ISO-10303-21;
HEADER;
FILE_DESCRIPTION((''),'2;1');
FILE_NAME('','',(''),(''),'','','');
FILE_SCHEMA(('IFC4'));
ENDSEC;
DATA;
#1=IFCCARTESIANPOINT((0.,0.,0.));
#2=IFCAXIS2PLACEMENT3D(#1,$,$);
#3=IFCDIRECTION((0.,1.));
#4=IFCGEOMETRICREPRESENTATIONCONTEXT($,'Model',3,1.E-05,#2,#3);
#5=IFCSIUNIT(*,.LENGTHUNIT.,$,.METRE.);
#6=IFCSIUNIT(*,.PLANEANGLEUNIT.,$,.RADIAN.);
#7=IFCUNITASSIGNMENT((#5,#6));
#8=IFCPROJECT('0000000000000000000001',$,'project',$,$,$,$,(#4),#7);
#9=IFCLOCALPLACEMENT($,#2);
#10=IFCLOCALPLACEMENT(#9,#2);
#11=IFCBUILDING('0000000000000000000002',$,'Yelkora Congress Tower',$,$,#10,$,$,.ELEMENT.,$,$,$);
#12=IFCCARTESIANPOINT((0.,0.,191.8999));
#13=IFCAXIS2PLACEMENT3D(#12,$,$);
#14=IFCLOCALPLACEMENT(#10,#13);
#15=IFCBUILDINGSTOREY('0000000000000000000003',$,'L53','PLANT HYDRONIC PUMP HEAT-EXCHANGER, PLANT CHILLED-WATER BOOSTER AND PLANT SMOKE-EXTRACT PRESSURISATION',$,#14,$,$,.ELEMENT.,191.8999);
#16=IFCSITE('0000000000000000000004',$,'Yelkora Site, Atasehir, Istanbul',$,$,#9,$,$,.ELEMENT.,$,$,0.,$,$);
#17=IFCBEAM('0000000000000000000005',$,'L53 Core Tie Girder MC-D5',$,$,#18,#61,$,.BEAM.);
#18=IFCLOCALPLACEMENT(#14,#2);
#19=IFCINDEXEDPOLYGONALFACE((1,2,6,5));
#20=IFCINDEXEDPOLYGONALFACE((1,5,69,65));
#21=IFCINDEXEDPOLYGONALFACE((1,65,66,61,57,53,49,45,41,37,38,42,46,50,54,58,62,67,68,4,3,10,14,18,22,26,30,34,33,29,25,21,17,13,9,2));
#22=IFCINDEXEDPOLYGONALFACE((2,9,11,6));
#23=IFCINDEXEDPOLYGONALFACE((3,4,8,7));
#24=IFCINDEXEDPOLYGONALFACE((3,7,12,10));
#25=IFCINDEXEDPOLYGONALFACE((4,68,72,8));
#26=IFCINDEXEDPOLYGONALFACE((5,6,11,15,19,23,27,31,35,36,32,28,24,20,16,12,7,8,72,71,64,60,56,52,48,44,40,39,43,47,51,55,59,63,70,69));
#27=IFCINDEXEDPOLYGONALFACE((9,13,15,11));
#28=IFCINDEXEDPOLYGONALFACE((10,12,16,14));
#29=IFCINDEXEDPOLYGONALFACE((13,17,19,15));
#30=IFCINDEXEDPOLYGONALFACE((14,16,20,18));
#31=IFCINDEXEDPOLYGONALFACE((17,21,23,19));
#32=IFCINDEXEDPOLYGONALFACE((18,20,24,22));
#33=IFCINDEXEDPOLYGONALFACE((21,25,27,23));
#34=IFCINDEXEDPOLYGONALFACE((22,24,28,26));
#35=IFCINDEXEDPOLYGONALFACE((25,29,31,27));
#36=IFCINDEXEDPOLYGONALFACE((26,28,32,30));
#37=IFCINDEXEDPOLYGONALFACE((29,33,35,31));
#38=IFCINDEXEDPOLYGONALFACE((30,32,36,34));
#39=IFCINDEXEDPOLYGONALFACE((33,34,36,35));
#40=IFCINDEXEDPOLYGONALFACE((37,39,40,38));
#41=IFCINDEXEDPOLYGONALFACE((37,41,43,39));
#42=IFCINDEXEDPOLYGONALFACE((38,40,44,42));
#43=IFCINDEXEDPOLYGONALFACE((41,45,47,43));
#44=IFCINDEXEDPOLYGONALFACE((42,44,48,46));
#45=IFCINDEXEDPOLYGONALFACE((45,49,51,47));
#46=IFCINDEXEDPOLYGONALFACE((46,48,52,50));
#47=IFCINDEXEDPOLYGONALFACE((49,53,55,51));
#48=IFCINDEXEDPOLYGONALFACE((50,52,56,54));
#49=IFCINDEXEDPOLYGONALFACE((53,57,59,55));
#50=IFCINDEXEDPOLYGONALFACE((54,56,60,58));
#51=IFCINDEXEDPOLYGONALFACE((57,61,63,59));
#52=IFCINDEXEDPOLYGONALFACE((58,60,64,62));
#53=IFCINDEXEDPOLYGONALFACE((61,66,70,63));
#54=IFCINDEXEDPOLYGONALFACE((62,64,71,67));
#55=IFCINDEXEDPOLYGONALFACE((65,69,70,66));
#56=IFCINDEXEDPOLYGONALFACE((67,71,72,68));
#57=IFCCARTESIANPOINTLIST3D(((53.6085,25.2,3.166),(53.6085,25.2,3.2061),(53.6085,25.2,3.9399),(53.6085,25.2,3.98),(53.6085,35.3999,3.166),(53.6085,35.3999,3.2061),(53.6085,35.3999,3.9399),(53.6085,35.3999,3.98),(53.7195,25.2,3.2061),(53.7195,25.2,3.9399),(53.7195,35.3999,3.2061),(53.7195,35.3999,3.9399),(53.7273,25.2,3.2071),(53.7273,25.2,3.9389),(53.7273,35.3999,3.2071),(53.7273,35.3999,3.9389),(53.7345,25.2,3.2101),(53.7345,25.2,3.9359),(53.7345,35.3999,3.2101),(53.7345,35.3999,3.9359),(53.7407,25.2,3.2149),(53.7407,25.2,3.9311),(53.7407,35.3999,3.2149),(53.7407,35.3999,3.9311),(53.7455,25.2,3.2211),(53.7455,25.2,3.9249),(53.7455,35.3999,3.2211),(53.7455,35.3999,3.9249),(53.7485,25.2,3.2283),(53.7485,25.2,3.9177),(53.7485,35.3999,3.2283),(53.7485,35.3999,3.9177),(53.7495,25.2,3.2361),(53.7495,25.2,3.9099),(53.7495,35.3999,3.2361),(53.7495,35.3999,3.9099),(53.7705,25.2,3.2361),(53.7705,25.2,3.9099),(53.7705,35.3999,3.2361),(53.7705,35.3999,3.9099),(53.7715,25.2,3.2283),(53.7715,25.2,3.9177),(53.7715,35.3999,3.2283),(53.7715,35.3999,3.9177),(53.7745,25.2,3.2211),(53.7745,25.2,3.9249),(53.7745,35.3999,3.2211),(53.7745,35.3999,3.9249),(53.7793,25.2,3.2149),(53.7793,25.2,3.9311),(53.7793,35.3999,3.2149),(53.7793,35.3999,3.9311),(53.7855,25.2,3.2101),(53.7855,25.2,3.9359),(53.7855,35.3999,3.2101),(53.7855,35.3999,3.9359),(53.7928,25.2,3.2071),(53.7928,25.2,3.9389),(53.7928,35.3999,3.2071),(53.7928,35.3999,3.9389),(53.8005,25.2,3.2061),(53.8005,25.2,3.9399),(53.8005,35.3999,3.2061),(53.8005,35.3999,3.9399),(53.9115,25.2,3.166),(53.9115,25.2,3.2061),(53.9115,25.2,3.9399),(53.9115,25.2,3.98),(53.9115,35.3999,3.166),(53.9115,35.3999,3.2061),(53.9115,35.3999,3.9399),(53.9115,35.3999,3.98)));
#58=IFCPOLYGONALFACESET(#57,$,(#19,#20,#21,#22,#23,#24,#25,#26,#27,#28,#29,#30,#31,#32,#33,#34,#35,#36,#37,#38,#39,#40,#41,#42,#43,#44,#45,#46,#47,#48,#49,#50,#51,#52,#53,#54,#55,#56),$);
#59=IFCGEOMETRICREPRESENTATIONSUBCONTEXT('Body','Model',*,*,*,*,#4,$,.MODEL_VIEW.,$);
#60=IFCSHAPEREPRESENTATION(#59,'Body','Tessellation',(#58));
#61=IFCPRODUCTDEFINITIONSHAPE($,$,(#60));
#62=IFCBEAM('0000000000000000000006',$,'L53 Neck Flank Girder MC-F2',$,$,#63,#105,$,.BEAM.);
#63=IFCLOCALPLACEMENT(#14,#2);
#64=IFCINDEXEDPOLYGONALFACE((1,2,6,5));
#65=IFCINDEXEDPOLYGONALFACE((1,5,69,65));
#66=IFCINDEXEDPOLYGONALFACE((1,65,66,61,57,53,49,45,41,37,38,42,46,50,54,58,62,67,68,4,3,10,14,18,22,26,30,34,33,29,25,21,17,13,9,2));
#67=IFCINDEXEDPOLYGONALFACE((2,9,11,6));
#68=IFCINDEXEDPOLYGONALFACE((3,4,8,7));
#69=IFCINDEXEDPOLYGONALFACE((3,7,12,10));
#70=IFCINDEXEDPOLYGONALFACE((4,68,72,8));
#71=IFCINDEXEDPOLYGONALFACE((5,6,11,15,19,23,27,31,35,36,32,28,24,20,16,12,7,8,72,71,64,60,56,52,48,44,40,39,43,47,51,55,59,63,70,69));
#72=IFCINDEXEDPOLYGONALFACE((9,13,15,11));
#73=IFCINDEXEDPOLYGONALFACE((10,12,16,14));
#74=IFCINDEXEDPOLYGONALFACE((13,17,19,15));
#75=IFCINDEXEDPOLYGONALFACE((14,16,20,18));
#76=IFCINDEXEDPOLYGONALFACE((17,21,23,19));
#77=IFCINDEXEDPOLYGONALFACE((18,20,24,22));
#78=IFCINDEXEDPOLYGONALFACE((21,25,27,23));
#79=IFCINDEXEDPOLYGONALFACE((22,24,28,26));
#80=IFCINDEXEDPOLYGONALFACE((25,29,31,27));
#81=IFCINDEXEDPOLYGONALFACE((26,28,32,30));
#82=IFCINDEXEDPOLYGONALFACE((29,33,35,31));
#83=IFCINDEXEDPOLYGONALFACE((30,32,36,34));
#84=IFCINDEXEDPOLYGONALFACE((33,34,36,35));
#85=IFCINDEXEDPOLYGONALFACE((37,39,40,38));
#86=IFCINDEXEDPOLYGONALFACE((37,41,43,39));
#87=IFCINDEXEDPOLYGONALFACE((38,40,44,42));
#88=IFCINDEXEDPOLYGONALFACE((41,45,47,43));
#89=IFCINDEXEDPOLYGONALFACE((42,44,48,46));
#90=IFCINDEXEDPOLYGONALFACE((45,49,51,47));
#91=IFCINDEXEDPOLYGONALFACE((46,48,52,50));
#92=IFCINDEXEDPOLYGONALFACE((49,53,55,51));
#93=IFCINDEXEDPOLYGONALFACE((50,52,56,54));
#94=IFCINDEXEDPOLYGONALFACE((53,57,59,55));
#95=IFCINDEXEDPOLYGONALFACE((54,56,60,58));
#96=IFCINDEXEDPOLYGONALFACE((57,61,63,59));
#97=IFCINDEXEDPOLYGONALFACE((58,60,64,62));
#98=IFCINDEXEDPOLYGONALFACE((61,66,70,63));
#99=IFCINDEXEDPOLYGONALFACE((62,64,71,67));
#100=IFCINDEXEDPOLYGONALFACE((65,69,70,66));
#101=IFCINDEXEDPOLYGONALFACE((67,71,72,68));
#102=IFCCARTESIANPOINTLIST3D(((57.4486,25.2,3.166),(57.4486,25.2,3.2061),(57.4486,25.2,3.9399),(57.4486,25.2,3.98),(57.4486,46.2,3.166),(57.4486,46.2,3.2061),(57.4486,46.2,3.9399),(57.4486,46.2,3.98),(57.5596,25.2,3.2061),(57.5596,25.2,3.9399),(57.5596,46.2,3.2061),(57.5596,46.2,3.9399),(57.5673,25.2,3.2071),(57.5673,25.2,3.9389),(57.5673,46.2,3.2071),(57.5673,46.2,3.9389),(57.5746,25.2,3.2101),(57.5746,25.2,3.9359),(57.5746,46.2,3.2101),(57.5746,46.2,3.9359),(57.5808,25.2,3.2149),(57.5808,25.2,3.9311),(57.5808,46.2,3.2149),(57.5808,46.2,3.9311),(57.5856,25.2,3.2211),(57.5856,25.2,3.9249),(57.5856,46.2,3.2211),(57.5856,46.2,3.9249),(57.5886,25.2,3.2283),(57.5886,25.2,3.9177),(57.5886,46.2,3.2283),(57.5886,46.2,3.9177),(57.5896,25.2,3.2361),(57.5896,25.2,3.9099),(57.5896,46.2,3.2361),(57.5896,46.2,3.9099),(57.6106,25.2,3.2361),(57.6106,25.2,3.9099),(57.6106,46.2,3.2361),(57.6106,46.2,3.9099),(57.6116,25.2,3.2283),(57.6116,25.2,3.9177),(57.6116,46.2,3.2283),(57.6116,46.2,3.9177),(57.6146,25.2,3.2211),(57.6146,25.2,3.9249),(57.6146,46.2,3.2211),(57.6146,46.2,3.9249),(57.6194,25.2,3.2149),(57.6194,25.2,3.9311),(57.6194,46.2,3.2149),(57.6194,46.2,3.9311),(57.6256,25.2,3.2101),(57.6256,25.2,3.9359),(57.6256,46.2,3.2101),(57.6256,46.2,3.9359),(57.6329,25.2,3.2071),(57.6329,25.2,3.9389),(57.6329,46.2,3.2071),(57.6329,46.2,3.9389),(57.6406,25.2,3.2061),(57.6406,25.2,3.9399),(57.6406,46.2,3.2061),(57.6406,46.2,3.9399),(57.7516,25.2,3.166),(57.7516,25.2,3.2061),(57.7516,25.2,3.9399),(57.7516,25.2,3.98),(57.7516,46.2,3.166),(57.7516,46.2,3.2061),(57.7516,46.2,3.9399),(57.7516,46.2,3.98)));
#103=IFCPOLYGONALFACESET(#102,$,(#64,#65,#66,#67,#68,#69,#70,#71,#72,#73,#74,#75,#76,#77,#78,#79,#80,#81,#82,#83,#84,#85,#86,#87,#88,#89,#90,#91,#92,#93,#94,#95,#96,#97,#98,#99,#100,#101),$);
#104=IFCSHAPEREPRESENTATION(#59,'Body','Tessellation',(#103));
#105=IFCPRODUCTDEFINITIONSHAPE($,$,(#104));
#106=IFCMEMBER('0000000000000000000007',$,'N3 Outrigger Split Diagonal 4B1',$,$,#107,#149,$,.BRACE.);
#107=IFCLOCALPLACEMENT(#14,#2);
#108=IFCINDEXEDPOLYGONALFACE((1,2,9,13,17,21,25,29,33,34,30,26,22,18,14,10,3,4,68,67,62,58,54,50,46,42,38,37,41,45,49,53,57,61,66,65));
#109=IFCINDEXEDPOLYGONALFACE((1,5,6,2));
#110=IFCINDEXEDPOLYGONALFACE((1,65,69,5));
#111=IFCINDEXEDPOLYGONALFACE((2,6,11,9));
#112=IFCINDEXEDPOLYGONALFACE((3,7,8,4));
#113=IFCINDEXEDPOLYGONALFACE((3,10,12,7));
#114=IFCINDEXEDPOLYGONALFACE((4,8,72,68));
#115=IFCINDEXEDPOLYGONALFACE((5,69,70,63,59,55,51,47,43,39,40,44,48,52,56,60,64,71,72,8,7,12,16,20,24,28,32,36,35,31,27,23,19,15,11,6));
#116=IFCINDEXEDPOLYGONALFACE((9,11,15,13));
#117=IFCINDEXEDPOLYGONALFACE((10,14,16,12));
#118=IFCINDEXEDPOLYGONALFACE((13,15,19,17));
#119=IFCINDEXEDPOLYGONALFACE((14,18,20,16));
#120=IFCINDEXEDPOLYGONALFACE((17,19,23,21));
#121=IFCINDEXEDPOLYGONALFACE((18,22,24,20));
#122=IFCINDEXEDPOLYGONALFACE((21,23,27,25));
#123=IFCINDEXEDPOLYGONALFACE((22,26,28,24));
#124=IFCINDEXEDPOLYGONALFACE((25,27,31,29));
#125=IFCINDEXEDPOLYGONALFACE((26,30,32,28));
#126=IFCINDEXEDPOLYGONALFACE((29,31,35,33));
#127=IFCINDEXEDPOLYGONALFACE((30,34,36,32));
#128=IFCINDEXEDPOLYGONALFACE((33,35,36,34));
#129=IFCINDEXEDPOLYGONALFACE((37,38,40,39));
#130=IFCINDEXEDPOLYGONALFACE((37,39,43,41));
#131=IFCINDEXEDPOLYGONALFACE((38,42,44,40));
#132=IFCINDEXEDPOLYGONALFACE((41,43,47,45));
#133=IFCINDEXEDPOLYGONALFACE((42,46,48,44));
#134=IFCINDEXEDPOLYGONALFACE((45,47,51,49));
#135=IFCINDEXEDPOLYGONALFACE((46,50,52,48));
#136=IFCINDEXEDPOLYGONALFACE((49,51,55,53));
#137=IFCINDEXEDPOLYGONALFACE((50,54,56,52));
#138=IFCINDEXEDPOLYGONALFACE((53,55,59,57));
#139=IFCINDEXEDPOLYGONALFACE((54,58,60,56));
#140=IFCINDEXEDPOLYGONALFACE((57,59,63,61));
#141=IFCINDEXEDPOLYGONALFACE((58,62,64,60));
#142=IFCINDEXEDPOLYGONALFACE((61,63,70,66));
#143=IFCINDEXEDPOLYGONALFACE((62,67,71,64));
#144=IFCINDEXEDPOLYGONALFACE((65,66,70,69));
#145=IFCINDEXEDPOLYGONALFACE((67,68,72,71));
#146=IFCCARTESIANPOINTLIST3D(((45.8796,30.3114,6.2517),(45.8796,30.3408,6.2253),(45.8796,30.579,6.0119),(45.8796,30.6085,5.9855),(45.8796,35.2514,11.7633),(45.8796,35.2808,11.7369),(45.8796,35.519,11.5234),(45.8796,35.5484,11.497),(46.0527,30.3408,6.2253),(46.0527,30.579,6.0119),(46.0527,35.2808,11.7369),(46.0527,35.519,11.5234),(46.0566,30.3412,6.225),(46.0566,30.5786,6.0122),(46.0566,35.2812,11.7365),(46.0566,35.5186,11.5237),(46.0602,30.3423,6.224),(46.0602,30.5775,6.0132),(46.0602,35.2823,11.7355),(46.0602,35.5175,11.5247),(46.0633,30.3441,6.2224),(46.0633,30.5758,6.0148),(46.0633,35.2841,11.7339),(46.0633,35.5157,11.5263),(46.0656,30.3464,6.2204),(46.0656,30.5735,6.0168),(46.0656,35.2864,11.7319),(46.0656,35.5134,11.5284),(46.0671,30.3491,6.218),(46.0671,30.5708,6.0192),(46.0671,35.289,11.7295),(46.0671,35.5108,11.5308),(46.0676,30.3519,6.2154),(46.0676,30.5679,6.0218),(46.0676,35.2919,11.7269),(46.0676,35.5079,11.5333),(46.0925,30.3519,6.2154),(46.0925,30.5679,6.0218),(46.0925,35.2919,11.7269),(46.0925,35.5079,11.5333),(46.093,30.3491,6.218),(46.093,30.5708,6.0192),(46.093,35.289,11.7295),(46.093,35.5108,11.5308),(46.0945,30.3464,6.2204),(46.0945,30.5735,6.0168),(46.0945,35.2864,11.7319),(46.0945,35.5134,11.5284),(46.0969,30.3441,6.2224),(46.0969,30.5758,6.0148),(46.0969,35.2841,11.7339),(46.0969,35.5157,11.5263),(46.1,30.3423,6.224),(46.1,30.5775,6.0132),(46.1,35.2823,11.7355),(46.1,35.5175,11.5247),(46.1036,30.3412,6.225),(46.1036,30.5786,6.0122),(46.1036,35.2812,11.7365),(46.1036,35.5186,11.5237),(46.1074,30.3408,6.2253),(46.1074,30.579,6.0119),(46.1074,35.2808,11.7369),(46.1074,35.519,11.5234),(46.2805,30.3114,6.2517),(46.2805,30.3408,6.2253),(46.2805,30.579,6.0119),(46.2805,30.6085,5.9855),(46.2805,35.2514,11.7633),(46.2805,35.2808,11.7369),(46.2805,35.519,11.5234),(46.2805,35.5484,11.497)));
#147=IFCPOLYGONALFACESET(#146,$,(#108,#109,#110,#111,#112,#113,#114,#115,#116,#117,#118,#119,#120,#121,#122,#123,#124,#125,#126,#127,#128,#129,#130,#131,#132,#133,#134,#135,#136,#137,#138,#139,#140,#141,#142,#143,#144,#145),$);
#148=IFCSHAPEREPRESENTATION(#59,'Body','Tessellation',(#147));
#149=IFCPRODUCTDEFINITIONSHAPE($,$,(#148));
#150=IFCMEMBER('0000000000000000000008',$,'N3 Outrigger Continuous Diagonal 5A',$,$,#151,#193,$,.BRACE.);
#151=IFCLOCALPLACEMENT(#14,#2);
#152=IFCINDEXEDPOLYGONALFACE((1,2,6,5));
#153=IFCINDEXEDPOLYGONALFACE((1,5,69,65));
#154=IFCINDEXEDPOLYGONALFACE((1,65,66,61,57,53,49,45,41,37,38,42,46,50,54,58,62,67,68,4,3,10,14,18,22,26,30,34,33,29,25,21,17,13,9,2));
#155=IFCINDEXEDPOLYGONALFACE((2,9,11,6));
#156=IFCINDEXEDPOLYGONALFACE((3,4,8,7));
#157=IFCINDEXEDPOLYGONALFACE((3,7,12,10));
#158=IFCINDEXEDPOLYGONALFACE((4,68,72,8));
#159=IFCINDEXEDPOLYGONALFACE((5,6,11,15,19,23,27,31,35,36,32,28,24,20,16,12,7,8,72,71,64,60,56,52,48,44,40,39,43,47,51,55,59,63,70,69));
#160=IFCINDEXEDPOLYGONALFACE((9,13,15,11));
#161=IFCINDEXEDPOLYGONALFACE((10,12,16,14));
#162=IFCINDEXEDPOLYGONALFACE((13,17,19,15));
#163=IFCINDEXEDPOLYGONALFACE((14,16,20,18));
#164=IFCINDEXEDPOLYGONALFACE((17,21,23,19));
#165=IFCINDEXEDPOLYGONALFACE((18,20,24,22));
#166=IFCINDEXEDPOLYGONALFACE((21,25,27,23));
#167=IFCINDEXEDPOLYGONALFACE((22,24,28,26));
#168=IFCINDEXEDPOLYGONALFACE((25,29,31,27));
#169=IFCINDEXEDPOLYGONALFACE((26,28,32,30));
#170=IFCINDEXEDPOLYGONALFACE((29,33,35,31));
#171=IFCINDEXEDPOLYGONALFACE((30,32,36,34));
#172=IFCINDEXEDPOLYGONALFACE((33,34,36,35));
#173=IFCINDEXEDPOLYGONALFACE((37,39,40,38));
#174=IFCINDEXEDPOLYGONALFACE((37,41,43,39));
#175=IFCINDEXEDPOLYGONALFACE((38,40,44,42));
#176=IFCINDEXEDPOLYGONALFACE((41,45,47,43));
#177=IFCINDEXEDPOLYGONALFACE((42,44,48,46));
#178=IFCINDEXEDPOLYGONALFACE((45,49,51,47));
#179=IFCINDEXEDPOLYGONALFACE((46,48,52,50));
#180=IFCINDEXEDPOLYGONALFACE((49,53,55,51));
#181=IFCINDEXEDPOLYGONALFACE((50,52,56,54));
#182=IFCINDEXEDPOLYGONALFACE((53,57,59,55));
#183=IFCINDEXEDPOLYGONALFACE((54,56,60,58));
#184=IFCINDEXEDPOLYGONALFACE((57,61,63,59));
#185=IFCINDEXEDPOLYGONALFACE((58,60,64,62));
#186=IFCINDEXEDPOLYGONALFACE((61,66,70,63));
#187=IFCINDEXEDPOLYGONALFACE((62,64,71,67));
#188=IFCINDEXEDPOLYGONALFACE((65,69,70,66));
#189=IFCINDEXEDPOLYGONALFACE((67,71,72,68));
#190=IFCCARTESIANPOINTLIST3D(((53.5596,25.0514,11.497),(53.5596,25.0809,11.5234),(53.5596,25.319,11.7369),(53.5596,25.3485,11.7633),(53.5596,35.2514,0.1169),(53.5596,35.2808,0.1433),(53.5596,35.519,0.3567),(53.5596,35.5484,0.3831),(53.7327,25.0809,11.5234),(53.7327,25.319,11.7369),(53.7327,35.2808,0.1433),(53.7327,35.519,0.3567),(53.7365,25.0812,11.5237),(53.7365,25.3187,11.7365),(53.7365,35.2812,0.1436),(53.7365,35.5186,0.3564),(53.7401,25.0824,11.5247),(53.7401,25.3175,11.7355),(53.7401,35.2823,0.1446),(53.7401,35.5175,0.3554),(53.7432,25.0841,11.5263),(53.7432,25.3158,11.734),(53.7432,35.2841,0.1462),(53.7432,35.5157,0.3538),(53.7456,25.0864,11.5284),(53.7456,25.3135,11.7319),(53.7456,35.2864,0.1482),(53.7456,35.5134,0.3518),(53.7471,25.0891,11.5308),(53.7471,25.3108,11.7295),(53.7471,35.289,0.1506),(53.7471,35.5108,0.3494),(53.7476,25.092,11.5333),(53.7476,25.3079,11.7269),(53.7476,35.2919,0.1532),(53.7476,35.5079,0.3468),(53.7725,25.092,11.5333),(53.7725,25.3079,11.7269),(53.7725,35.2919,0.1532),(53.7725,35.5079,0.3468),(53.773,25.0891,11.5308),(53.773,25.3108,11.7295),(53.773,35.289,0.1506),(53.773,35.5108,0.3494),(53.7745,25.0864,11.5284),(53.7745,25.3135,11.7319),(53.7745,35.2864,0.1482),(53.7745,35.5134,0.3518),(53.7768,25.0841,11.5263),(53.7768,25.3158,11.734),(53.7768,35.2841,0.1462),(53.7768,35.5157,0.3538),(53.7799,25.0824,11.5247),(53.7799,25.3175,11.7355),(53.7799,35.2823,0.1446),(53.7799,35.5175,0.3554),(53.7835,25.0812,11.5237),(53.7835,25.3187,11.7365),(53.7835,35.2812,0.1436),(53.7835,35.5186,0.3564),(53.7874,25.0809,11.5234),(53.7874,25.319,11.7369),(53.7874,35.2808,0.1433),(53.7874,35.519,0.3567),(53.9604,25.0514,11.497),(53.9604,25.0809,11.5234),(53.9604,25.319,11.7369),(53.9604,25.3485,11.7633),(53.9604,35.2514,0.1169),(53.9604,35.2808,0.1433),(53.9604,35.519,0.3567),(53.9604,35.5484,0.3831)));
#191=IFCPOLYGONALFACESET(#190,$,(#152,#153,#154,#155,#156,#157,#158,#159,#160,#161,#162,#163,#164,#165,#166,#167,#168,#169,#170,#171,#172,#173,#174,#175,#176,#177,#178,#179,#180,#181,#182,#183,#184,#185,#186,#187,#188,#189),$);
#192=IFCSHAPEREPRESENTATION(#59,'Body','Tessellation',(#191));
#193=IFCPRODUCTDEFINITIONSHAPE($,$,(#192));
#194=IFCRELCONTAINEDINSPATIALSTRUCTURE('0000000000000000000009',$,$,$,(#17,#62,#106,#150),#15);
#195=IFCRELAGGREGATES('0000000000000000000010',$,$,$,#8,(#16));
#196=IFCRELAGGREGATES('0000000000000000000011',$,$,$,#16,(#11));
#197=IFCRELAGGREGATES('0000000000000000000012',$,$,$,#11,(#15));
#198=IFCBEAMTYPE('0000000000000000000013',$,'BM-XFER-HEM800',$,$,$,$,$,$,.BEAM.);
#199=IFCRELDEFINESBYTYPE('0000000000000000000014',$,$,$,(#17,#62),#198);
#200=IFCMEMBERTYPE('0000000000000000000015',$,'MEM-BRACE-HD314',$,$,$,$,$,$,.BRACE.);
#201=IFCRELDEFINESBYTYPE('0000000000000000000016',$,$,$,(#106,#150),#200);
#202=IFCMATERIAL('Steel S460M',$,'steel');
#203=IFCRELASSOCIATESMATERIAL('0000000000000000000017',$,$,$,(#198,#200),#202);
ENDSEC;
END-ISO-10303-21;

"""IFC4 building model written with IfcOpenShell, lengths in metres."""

from ifc_helpers import new_model, si_unit, direction, frame, origin, origin_2d, place, context, subcontext, project, spatial, i_section, extrude, material, material_profile, profile_set, type_object, element, save


model = new_model("IFC4")

# Units and contexts
model_context = context("Model", 3, precision=1e-05, world=origin(), true_north=direction((0.0, 1.0)))
body_context = subcontext(model_context, "Body", "Model", "MODEL_VIEW")
ifc_project = project(units=[si_unit("LENGTHUNIT", "METRE"), si_unit("PLANEANGLEUNIT", "RADIAN")], contexts=[model_context])

# Site, building, storey
site_placement = place(None, origin())
site = spatial("IfcSite", under=ifc_project, at=site_placement, Name="Yelkora Site, Atasehir, Istanbul", CompositionType="ELEMENT", RefElevation=0.0)
building_placement = place(site_placement, origin())
building = spatial("IfcBuilding", under=site, at=building_placement, Name="Yelkora Congress Tower", CompositionType="ELEMENT")
storey_placement = place(building_placement, frame((0.0, 0.0, 191.8999)))
storey = spatial("IfcBuildingStorey", under=building, at=storey_placement, Name="L53", Description="PLANT HYDRONIC PUMP HEAT-EXCHANGER, PLANT CHILLED-WATER BOOSTER AND PLANT SMOKE-EXTRACT PRESSURISATION", CompositionType="ELEMENT", Elevation=191.8999)

# Shared definitions
ifc_material_1 = material(Name="Steel S460M", Category="steel")

# Beams
ifc_material_profile_1 = material_profile(ifc_material_1, i_section(OverallWidth=0.303, OverallDepth=0.814, WebThickness=0.021, FlangeThickness=0.04, FilletRadius=0.03, at=origin_2d()), Name="HEM 800")
ifc_profile_set_1 = profile_set([ifc_material_profile_1], Name="Steel S460M")
beam_type = type_object("IfcBeamType", Name="BM-XFER-HEM800", PredefinedType="BEAM", material=ifc_profile_set_1)
beam_1_placement = place(storey_placement, frame((53.76, 25.2, 3.573), z_axis=(0.0, 1.0, 0.0), x_axis=(-1.0, 0.0, 0.0)))
element("IfcBeam", 1, at=beam_1_placement, inside=storey, type_object=beam_type, Name="L53 Core Tie Girder MC-D5", PredefinedType="BEAM", context=body_context, shape_type="SweptSolid", body=[
    extrude(i_section(OverallWidth=0.303, OverallDepth=0.814, WebThickness=0.021, FlangeThickness=0.04, FilletRadius=0.03, at=origin_2d()), origin(), (0.0, 0.0, 1.0), 10.2),
])
beam_2_placement = place(storey_placement, frame((57.6001, 25.2, 3.573), z_axis=(0.0, 1.0, 0.0), x_axis=(-1.0, 0.0, 0.0)))
element("IfcBeam", 2, at=beam_2_placement, inside=storey, type_object=beam_type, Name="L53 Neck Flank Girder MC-F2", PredefinedType="BEAM", context=body_context, shape_type="SweptSolid", body=[
    extrude(i_section(OverallWidth=0.303, OverallDepth=0.814, WebThickness=0.021, FlangeThickness=0.04, FilletRadius=0.03, at=origin_2d()), origin(), (0.0, 0.0, 1.0), 21.0),
])

# Members
ifc_material_profile_2 = material_profile(ifc_material_1, i_section(OverallWidth=0.4009, OverallDepth=0.3989, WebThickness=0.0249, FlangeThickness=0.0396, FilletRadius=0.0149, at=origin_2d()), Name="HD 400x314")
ifc_profile_set_2 = profile_set([ifc_material_profile_2], Name="Steel S460M")
member_type_1 = type_object("IfcMemberType", Name="MEM-BRACE-HD314", PredefinedType="BRACE", material=ifc_profile_set_2)
member_1_placement = place(storey_placement, frame((46.0801, 35.3999, 11.6301), z_axis=(0.0, -0.667442, -0.744662), x_axis=(1.0, 0.0, 0.0)))
element("IfcMember", 3, at=member_1_placement, inside=storey, type_object=member_type_1, Name="N3 Outrigger Split Diagonal 4B1", PredefinedType="BRACE", context=body_context, shape_type="SweptSolid", body=[
    extrude(i_section(OverallWidth=0.4009, OverallDepth=0.3989, WebThickness=0.0249, FlangeThickness=0.0396, FilletRadius=0.0149, at=origin_2d()), origin(), (0.0, 0.0, 1.0), 7.4014),
])
member_2_placement = place(storey_placement, frame((53.76, 35.3999, 0.25), z_axis=(0.0, -0.667439, 0.744664), x_axis=(1.0, 0.0, 0.0)))
element("IfcMember", 4, at=member_2_placement, inside=storey, type_object=member_type_1, Name="N3 Outrigger Continuous Diagonal 5A", PredefinedType="BRACE", context=body_context, shape_type="SweptSolid", body=[
    extrude(i_section(OverallWidth=0.4009, OverallDepth=0.3989, WebThickness=0.0249, FlangeThickness=0.0396, FilletRadius=0.0149, at=origin_2d()), origin(), (0.0, 0.0, 1.0), 15.2822),
])

save(model, "model.ifc")
